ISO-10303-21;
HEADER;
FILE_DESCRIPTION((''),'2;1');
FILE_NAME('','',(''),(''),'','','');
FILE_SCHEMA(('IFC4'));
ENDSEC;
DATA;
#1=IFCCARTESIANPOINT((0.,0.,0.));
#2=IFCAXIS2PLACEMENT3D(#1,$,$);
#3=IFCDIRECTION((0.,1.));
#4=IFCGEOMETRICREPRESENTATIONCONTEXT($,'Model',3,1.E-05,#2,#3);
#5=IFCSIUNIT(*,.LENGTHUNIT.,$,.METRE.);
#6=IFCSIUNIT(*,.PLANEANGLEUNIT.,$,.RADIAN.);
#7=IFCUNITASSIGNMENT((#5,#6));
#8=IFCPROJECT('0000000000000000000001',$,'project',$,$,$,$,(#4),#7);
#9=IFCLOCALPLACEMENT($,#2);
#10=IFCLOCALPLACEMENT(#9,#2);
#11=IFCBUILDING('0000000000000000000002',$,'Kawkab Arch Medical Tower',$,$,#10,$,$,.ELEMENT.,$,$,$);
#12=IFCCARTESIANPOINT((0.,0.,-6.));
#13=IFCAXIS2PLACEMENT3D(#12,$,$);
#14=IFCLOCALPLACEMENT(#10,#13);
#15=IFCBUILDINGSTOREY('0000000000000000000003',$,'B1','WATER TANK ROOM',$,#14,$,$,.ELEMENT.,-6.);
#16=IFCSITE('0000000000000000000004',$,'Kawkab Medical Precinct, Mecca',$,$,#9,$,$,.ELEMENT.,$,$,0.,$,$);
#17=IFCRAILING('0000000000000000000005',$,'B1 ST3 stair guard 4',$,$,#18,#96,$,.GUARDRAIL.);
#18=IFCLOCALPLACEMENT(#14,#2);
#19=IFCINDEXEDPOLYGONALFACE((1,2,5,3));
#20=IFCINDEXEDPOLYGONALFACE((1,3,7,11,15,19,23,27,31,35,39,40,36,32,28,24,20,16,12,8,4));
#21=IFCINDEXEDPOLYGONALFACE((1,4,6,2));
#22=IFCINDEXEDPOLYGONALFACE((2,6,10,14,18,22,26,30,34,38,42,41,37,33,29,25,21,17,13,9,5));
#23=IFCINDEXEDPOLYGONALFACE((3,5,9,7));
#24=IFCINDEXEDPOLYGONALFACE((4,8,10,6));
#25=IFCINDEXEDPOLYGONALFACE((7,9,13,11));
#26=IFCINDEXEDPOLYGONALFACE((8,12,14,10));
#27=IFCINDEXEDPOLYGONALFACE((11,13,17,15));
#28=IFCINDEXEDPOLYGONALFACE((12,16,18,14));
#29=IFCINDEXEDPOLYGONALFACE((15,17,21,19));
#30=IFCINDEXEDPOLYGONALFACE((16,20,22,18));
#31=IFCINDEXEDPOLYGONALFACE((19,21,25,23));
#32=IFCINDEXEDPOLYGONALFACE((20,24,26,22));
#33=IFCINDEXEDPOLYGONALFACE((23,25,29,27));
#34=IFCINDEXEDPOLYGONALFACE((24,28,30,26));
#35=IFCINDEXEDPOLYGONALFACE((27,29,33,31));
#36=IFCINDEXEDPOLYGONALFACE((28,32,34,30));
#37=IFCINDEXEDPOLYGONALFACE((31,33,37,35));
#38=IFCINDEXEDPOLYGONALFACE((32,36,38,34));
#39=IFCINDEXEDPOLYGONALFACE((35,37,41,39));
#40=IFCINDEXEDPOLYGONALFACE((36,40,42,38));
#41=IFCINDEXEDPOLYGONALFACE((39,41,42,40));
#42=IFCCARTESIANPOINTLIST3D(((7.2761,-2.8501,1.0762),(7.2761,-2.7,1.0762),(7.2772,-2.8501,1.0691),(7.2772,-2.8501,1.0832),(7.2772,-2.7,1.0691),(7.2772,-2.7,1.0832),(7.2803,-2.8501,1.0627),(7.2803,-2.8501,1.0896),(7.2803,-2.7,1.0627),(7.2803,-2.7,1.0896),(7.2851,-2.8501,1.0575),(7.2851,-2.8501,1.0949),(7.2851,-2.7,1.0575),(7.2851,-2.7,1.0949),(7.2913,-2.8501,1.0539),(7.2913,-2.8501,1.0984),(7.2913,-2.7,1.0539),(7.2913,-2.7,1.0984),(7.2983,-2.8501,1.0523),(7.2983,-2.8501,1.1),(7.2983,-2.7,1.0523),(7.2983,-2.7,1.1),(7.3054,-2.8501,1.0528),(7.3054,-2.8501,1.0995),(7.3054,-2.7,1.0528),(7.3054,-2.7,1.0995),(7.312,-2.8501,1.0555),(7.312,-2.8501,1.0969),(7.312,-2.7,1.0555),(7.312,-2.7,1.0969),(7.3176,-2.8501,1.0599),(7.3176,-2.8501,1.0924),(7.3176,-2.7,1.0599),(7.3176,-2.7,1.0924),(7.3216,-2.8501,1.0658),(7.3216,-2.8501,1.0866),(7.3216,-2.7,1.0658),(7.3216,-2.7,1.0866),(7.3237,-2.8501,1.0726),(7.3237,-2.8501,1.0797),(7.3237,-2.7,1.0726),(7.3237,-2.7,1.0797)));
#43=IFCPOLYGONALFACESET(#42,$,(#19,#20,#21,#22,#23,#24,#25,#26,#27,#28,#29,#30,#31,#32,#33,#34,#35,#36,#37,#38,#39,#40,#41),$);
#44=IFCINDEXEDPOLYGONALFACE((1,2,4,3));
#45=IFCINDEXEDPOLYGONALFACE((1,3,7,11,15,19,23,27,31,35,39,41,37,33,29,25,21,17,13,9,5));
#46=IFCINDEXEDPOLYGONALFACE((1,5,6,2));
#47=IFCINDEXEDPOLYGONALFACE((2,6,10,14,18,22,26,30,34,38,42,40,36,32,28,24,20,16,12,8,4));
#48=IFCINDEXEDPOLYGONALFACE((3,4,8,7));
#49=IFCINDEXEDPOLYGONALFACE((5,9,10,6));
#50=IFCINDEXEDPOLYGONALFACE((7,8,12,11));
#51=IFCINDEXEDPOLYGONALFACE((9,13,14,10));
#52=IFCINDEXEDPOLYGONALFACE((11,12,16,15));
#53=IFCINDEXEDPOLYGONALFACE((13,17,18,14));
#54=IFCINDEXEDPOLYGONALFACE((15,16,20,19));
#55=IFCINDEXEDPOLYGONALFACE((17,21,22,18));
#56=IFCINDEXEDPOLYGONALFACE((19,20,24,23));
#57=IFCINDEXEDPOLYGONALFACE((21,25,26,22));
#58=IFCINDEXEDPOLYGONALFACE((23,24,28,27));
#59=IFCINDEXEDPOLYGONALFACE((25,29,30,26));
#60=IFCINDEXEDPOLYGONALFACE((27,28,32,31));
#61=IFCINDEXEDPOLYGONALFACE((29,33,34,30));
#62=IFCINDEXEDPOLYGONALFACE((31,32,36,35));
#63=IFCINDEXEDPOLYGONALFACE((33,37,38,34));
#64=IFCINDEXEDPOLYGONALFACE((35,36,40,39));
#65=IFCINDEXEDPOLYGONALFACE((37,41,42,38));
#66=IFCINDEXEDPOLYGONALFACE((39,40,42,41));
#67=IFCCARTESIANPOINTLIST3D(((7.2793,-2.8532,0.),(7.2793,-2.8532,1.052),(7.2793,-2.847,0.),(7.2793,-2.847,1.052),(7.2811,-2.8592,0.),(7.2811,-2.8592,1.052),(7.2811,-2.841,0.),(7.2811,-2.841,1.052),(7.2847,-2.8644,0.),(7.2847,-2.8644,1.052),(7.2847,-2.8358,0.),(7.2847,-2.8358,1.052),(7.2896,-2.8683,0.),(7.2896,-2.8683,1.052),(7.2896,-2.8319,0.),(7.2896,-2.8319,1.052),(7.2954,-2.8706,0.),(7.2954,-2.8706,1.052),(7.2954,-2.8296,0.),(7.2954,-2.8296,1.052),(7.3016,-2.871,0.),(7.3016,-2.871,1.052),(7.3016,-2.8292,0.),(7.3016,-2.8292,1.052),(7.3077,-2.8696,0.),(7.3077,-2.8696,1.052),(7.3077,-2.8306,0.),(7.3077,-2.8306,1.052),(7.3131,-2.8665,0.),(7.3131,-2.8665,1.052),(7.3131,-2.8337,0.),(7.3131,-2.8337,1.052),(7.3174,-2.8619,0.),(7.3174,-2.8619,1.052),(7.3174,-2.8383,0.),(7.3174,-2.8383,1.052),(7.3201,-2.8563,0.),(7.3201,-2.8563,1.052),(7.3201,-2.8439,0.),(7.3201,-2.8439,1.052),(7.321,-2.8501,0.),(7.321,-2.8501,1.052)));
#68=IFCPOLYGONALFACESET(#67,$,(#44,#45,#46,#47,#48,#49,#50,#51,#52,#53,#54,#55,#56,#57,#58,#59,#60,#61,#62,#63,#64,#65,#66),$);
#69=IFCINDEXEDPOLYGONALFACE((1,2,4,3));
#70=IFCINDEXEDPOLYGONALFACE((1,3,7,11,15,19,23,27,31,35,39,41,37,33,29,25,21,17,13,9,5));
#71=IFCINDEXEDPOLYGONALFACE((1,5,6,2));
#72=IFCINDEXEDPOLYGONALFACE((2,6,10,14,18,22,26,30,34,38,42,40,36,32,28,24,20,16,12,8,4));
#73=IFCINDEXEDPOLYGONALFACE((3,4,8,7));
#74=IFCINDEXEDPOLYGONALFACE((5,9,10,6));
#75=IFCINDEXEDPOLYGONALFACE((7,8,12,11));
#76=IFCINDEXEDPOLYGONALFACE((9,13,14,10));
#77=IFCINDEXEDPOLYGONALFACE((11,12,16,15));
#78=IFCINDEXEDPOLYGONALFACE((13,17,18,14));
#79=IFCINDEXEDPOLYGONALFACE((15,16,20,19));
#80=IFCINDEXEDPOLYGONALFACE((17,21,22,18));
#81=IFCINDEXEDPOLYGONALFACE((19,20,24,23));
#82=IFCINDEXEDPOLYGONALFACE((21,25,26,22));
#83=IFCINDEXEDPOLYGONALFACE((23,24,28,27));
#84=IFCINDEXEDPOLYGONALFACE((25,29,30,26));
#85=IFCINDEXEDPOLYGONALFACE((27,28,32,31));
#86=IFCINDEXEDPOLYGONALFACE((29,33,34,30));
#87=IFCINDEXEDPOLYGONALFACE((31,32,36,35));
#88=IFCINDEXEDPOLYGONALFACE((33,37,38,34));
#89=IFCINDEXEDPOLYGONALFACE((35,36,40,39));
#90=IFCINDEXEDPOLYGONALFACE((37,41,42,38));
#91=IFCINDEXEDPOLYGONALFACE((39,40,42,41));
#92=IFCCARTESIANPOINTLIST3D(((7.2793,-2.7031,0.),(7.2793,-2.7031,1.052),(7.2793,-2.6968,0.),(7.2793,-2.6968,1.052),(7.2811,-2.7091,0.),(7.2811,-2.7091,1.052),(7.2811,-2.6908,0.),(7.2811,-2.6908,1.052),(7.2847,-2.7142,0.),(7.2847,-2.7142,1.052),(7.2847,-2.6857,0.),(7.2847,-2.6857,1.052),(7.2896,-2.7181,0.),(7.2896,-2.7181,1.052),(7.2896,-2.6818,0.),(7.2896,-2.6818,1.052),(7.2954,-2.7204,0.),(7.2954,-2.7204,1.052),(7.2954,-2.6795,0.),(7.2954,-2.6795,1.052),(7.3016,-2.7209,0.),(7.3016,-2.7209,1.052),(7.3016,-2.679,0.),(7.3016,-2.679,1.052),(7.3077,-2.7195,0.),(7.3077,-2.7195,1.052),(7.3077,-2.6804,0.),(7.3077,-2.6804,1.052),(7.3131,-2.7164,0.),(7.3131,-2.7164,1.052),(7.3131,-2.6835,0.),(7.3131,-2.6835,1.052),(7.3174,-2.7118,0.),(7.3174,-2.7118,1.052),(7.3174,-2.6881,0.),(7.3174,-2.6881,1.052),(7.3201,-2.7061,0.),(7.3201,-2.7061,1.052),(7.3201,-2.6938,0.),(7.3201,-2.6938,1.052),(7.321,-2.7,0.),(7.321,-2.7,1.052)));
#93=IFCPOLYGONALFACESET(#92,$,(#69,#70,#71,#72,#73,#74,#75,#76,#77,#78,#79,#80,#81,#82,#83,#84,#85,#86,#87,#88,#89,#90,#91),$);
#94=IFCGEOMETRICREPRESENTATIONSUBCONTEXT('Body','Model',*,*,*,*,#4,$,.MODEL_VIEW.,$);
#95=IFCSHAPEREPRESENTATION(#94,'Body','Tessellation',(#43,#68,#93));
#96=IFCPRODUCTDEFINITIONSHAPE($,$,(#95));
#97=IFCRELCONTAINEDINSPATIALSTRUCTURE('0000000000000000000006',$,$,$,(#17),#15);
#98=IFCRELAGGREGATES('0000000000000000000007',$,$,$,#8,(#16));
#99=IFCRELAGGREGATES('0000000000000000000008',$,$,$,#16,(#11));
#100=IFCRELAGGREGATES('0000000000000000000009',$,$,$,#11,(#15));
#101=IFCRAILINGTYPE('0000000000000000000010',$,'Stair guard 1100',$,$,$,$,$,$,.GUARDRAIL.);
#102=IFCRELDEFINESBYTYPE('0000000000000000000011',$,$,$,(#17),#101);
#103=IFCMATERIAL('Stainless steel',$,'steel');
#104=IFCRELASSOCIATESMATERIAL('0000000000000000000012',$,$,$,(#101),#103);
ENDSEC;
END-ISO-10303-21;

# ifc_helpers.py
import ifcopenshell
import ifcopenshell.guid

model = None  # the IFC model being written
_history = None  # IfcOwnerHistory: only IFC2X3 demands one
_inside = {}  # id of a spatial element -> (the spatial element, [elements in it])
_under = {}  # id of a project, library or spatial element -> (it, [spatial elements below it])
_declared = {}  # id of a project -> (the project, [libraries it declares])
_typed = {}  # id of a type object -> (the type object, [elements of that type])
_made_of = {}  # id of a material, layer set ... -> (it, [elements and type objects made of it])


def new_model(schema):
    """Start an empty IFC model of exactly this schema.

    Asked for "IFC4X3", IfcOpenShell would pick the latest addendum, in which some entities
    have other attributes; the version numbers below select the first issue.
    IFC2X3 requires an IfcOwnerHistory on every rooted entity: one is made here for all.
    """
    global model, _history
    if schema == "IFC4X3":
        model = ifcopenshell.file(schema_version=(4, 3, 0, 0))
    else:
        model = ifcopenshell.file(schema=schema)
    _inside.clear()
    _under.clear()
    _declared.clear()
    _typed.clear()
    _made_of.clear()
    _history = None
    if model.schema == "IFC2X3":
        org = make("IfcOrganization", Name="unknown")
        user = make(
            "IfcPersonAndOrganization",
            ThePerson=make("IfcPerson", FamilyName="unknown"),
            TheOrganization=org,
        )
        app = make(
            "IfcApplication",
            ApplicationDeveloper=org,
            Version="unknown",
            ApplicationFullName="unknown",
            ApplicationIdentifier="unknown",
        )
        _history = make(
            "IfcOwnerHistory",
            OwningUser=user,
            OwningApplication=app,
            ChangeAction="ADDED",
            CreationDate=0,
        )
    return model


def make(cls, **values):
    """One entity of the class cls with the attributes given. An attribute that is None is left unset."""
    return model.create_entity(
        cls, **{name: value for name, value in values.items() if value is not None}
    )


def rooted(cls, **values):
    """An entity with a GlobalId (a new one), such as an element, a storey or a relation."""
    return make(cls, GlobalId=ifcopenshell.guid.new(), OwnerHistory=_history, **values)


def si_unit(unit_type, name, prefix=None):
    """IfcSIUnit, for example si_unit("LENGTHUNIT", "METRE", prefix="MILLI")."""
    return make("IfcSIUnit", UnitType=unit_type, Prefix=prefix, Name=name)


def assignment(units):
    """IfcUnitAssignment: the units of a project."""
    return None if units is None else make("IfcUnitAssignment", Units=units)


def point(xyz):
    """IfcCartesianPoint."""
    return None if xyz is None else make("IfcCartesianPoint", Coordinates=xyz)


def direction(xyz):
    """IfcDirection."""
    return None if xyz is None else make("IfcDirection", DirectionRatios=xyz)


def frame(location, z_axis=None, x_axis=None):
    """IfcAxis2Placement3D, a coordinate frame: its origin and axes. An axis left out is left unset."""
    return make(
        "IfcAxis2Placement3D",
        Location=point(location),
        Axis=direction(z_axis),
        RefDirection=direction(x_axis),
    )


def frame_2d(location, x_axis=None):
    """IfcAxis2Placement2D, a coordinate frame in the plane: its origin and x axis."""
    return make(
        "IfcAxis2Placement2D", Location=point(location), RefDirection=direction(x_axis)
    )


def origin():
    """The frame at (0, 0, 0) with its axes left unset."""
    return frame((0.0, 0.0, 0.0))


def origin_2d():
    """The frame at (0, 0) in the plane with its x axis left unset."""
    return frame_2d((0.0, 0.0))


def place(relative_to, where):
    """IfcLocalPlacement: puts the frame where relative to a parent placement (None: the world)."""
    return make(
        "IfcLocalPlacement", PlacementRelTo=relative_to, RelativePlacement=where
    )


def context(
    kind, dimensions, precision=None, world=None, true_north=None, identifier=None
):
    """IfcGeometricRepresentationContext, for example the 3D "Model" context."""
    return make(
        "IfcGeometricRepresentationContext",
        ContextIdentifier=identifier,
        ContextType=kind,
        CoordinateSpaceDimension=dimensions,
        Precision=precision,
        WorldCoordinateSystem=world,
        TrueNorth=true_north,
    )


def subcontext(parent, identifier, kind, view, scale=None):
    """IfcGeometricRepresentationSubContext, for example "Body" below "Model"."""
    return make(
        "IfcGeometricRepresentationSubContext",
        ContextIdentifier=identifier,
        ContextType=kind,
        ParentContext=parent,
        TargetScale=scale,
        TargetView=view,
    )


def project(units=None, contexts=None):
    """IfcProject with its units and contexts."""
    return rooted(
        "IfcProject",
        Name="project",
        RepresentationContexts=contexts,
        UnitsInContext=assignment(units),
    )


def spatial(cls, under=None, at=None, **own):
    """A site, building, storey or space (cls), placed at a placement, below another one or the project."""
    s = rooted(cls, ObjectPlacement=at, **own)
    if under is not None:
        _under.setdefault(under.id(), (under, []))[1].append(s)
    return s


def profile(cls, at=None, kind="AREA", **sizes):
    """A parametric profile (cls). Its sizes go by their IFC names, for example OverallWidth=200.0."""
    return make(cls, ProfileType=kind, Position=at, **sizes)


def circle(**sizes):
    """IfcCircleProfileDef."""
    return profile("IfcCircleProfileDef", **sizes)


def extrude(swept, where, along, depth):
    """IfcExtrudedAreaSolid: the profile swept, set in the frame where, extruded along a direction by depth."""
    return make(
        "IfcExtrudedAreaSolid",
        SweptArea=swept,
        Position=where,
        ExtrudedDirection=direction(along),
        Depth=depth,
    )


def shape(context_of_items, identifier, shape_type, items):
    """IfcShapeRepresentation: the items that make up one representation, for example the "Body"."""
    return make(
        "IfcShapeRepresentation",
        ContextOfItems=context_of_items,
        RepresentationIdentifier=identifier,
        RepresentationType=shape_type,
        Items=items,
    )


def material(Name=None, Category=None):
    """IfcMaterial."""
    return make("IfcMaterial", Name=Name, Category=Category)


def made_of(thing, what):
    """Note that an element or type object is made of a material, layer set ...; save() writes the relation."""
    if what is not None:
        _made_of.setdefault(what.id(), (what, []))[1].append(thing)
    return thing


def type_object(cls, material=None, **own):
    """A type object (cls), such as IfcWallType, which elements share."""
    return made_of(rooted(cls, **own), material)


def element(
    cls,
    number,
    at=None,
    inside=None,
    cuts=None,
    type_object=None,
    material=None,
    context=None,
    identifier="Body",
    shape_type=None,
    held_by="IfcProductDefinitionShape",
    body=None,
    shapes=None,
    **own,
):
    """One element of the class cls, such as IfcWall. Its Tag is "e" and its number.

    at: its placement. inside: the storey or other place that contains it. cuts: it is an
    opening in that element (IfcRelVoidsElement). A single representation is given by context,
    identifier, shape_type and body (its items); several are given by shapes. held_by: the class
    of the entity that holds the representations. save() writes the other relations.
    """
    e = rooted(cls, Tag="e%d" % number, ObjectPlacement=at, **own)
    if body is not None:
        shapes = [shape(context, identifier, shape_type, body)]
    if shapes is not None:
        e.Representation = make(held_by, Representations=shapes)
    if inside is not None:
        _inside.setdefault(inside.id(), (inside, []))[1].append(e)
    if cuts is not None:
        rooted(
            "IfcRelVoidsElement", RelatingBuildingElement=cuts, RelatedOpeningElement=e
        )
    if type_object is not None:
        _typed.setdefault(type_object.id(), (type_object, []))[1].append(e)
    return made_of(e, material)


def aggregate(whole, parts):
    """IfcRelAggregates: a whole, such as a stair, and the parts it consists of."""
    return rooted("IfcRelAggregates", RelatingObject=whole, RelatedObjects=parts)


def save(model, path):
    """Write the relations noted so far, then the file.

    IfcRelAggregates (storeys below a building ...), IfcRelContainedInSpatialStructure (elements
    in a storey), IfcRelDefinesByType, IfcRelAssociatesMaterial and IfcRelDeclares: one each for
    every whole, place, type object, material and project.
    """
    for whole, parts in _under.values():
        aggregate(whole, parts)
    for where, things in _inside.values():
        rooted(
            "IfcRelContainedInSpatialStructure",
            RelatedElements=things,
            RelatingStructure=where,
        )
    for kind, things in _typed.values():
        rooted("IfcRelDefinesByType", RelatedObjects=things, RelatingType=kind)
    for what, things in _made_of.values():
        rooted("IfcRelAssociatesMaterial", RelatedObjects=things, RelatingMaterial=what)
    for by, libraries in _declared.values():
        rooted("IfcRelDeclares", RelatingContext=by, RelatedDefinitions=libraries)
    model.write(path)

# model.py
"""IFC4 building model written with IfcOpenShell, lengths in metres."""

from ifc_helpers import new_model, si_unit, direction, frame, origin, origin_2d, place, context, subcontext, project, spatial, circle, extrude, material, type_object, element, save


model = new_model("IFC4")

# Units and contexts
model_context = context("Model", 3, precision=1e-05, world=origin(), true_north=direction((0.0, 1.0)))
body_context = subcontext(model_context, "Body", "Model", "MODEL_VIEW")
ifc_project = project(units=[si_unit("LENGTHUNIT", "METRE"), si_unit("PLANEANGLEUNIT", "RADIAN")], contexts=[model_context])

# Site, building, storey
site_placement = place(None, origin())
site = spatial("IfcSite", under=ifc_project, at=site_placement, Name="Kawkab Medical Precinct, Mecca", CompositionType="ELEMENT", RefElevation=0.0)
building_placement = place(site_placement, origin())
building = spatial("IfcBuilding", under=site, at=building_placement, Name="Kawkab Arch Medical Tower", CompositionType="ELEMENT")
storey_placement = place(building_placement, frame((0.0, 0.0, -6.0)))
storey = spatial("IfcBuildingStorey", under=building, at=storey_placement, Name="B1", Description="WATER TANK ROOM", CompositionType="ELEMENT", Elevation=-6.0)

# Railing
ifc_material_1 = material(Name="Stainless steel", Category="steel")
railing_type = type_object("IfcRailingType", Name="Stair guard 1100", PredefinedType="GUARDRAIL", material=ifc_material_1)
railing_1_placement = place(storey_placement, frame((7.3, -2.8501, 0.0)))
element("IfcRailing", 1, at=railing_1_placement, inside=storey, type_object=railing_type, Name="B1 ST3 stair guard 4", PredefinedType="GUARDRAIL", context=body_context, shape_type="SweptSolid", body=[
    extrude(circle(Radius=0.0239, at=origin_2d()), frame((0.0, 0.0, 1.0762), z_axis=(0.0, 1.0, 0.0), x_axis=(-1.0, 0.0, 0.0)), (0.0, 0.0, 1.0), 0.1501),
    extrude(circle(Radius=0.021, at=origin_2d()), origin(), (0.0, 0.0, 1.0), 1.052),
    extrude(circle(Radius=0.021, at=origin_2d()), frame((0.0, 0.1501, 0.0)), (0.0, 0.0, 1.0), 1.052),
])

save(model, "model.ifc")
